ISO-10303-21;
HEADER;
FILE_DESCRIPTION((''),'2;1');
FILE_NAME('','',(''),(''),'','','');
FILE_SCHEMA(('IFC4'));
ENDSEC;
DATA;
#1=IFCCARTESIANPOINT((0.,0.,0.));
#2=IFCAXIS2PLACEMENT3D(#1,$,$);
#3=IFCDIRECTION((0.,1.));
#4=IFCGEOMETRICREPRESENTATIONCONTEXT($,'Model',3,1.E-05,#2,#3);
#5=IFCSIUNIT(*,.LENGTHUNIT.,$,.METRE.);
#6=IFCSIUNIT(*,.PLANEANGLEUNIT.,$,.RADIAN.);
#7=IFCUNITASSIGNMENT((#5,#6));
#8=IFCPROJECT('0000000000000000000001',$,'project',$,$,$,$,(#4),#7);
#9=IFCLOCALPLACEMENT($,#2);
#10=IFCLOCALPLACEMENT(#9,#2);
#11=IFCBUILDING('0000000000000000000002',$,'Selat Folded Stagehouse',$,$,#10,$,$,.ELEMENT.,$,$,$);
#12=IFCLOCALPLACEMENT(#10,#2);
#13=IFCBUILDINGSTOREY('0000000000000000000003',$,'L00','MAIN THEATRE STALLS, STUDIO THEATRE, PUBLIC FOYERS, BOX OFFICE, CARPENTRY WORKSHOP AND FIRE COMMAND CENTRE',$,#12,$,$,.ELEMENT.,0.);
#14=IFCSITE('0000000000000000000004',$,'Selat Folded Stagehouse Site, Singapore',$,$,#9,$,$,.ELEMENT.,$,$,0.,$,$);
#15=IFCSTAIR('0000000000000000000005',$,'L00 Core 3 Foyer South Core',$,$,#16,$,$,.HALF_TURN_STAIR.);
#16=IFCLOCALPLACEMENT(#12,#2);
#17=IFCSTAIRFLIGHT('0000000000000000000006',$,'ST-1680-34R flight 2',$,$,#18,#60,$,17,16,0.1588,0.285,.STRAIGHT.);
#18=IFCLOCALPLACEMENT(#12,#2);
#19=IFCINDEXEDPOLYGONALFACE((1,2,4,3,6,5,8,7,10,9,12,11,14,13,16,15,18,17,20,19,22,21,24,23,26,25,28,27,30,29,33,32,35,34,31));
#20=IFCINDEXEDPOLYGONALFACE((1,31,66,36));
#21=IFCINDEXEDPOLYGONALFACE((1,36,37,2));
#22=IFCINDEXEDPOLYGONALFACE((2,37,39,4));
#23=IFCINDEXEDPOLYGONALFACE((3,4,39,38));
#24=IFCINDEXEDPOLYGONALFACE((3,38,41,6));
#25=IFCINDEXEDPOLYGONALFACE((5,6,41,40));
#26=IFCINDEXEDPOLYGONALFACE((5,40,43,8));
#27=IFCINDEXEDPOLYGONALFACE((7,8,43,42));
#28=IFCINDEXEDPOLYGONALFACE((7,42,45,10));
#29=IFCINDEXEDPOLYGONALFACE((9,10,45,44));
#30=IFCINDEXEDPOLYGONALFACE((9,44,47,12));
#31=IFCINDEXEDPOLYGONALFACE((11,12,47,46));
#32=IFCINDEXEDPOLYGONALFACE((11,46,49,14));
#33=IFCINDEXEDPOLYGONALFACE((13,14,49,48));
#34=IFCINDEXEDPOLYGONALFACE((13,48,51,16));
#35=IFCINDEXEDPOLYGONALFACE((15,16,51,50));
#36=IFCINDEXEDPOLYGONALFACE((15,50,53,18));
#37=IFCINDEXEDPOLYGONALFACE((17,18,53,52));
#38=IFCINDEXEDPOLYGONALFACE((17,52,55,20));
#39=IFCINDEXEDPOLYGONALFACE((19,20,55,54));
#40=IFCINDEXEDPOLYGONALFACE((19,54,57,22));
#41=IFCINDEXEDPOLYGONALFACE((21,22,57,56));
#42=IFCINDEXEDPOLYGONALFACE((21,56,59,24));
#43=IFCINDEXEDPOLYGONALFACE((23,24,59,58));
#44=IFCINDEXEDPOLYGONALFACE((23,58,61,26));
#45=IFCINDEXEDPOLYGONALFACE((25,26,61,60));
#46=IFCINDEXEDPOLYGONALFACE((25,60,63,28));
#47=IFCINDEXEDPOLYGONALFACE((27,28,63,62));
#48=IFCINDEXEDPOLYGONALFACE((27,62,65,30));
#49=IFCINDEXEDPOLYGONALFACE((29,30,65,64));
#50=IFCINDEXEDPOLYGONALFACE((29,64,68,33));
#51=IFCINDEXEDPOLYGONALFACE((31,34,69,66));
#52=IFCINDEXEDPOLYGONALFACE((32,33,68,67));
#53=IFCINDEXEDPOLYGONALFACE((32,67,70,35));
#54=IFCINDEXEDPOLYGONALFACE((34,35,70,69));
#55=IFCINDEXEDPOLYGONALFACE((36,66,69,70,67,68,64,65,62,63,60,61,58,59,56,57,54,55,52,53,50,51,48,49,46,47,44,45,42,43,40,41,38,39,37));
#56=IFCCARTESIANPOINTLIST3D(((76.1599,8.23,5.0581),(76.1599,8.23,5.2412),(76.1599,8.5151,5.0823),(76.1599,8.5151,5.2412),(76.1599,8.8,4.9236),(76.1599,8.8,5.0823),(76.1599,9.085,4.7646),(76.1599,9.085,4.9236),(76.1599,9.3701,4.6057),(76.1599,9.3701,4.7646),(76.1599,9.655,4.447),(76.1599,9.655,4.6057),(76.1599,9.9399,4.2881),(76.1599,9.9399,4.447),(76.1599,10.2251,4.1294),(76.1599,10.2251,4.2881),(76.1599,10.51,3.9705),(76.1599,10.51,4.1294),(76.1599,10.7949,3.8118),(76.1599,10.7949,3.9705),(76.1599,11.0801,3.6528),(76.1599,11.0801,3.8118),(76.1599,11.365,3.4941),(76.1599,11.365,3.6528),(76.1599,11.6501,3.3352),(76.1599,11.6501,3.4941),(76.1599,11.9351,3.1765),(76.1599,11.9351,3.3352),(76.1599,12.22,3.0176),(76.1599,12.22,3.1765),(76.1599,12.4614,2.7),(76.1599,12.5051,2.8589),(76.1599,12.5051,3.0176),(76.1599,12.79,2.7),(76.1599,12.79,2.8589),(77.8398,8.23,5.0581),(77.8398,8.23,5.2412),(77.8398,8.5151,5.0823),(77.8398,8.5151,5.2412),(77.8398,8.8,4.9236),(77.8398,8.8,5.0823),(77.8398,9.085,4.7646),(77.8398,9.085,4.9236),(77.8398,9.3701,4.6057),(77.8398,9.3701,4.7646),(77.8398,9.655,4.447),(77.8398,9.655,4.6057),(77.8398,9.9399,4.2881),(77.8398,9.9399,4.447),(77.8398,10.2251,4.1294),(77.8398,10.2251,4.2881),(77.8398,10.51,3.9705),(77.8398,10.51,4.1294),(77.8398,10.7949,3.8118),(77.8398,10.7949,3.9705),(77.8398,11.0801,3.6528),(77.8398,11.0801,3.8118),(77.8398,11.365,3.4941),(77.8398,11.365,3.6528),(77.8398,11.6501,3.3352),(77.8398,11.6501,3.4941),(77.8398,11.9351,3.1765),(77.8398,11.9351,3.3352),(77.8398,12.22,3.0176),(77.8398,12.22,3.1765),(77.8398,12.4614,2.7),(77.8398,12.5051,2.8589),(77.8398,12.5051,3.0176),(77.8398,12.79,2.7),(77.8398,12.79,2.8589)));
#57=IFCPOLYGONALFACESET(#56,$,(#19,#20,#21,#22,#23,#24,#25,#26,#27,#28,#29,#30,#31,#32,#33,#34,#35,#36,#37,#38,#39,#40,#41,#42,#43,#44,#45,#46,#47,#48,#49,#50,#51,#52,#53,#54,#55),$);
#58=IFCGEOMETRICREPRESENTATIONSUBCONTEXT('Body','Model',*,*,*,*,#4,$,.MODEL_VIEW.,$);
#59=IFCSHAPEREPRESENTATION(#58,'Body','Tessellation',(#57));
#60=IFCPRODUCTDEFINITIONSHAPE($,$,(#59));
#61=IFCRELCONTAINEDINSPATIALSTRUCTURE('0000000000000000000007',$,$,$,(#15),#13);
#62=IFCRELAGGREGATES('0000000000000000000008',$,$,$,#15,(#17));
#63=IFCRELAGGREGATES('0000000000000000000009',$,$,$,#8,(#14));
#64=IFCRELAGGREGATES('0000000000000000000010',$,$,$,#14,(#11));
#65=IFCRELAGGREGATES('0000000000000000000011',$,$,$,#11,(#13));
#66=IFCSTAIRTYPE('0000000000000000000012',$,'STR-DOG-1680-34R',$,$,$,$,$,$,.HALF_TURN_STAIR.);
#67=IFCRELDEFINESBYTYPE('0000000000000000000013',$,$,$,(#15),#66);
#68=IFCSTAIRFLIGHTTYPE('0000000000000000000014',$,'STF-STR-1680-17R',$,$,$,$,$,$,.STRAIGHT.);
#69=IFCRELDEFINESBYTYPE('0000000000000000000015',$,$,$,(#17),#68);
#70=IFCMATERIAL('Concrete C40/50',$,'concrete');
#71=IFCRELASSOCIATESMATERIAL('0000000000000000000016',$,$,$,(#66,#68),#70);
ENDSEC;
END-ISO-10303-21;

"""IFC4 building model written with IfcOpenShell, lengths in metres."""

from ifc_helpers import new_model, si_unit, direction, frame, origin, place, context, subcontext, project, spatial, polyline, outline, extrude, material, type_object, element, aggregate, save


model = new_model("IFC4")

# Units and contexts
model_context = context("Model", 3, precision=1e-05, world=origin(), true_north=direction((0.0, 1.0)))
body_context = subcontext(model_context, "Body", "Model", "MODEL_VIEW")
ifc_project = project(units=[si_unit("LENGTHUNIT", "METRE"), si_unit("PLANEANGLEUNIT", "RADIAN")], contexts=[model_context])

# Site, building, storey
site_placement = place(None, origin())
site = spatial("IfcSite", under=ifc_project, at=site_placement, Name="Selat Folded Stagehouse Site, Singapore", CompositionType="ELEMENT", RefElevation=0.0)
building_placement = place(site_placement, origin())
building = spatial("IfcBuilding", under=site, at=building_placement, Name="Selat Folded Stagehouse", CompositionType="ELEMENT")
storey_placement = place(building_placement, origin())
storey = spatial("IfcBuildingStorey", under=building, at=storey_placement, Name="L00", Description="MAIN THEATRE STALLS, STUDIO THEATRE, PUBLIC FOYERS, BOX OFFICE, CARPENTRY WORKSHOP AND FIRE COMMAND CENTRE", CompositionType="ELEMENT", Elevation=0.0)

# Shared definitions
ifc_material_1 = material(Name="Concrete C40/50", Category="concrete")

# Stair, stair flight
stair_type = type_object("IfcStairType", Name="STR-DOG-1680-34R", PredefinedType="HALF_TURN_STAIR", material=ifc_material_1)
stair_placement = place(storey_placement, origin())
stair = element("IfcStair", 1, at=stair_placement, inside=storey, type_object=stair_type, Name="L00 Core 3 Foyer South Core", PredefinedType="HALF_TURN_STAIR")
stair_flight_type = type_object("IfcStairFlightType", Name="STF-STR-1680-17R", PredefinedType="STRAIGHT", material=ifc_material_1)
stair_flight_placement = place(storey_placement, frame((77.0, 12.79, 2.7), z_axis=(0.0, 0.0, 1.0), x_axis=(0.0, -1.0, 0.0)))
stair_flight = element("IfcStairFlight", 2, at=stair_flight_placement, type_object=stair_flight_type, Name="ST-1680-34R flight 2", NumberOfRisers=17, NumberOfTreads=16, PredefinedType="STRAIGHT", RiserHeight=0.1588, TreadLength=0.285, context=body_context, shape_type="SweptSolid", body=[
    extrude(outline(polyline([(0.0, 0.0), (0.0, 0.1589), (0.2849, 0.1589), (0.2849, 0.3176), (0.5701, 0.3176), (0.5701, 0.4766), (0.855, 0.4766), (0.855, 0.6353), (1.1399, 0.6353), (1.1399, 0.7942), (1.425, 0.7942), (1.425, 0.9529), (1.71, 0.9529), (1.71, 1.1118), (1.9951, 1.1118), (1.9951, 1.2705), (2.28, 1.2705), (2.28, 1.4294), (2.5649, 1.4294), (2.5649, 1.5881), (2.8501, 1.5881), (2.8501, 1.7471), (3.135, 1.7471), (3.135, 1.9058), (3.4199, 1.9058), (3.4199, 2.0647), (3.7051, 2.0647), (3.7051, 2.2236), (3.99, 2.2236), (3.99, 2.3823), (4.2749, 2.3823), (4.2749, 2.5413), (4.5601, 2.5413), (4.5601, 2.7), (4.5601, 2.3582), (0.3286, 0.0), (0.0, 0.0)])), frame((0.0, 0.8398, 0.0), z_axis=(0.0, -1.0, 0.0), x_axis=(1.0, 0.0, 0.0)), (0.0, 0.0, 1.0), 1.6799),
])
aggregate(stair, [stair_flight])

save(model, "model.ifc")
